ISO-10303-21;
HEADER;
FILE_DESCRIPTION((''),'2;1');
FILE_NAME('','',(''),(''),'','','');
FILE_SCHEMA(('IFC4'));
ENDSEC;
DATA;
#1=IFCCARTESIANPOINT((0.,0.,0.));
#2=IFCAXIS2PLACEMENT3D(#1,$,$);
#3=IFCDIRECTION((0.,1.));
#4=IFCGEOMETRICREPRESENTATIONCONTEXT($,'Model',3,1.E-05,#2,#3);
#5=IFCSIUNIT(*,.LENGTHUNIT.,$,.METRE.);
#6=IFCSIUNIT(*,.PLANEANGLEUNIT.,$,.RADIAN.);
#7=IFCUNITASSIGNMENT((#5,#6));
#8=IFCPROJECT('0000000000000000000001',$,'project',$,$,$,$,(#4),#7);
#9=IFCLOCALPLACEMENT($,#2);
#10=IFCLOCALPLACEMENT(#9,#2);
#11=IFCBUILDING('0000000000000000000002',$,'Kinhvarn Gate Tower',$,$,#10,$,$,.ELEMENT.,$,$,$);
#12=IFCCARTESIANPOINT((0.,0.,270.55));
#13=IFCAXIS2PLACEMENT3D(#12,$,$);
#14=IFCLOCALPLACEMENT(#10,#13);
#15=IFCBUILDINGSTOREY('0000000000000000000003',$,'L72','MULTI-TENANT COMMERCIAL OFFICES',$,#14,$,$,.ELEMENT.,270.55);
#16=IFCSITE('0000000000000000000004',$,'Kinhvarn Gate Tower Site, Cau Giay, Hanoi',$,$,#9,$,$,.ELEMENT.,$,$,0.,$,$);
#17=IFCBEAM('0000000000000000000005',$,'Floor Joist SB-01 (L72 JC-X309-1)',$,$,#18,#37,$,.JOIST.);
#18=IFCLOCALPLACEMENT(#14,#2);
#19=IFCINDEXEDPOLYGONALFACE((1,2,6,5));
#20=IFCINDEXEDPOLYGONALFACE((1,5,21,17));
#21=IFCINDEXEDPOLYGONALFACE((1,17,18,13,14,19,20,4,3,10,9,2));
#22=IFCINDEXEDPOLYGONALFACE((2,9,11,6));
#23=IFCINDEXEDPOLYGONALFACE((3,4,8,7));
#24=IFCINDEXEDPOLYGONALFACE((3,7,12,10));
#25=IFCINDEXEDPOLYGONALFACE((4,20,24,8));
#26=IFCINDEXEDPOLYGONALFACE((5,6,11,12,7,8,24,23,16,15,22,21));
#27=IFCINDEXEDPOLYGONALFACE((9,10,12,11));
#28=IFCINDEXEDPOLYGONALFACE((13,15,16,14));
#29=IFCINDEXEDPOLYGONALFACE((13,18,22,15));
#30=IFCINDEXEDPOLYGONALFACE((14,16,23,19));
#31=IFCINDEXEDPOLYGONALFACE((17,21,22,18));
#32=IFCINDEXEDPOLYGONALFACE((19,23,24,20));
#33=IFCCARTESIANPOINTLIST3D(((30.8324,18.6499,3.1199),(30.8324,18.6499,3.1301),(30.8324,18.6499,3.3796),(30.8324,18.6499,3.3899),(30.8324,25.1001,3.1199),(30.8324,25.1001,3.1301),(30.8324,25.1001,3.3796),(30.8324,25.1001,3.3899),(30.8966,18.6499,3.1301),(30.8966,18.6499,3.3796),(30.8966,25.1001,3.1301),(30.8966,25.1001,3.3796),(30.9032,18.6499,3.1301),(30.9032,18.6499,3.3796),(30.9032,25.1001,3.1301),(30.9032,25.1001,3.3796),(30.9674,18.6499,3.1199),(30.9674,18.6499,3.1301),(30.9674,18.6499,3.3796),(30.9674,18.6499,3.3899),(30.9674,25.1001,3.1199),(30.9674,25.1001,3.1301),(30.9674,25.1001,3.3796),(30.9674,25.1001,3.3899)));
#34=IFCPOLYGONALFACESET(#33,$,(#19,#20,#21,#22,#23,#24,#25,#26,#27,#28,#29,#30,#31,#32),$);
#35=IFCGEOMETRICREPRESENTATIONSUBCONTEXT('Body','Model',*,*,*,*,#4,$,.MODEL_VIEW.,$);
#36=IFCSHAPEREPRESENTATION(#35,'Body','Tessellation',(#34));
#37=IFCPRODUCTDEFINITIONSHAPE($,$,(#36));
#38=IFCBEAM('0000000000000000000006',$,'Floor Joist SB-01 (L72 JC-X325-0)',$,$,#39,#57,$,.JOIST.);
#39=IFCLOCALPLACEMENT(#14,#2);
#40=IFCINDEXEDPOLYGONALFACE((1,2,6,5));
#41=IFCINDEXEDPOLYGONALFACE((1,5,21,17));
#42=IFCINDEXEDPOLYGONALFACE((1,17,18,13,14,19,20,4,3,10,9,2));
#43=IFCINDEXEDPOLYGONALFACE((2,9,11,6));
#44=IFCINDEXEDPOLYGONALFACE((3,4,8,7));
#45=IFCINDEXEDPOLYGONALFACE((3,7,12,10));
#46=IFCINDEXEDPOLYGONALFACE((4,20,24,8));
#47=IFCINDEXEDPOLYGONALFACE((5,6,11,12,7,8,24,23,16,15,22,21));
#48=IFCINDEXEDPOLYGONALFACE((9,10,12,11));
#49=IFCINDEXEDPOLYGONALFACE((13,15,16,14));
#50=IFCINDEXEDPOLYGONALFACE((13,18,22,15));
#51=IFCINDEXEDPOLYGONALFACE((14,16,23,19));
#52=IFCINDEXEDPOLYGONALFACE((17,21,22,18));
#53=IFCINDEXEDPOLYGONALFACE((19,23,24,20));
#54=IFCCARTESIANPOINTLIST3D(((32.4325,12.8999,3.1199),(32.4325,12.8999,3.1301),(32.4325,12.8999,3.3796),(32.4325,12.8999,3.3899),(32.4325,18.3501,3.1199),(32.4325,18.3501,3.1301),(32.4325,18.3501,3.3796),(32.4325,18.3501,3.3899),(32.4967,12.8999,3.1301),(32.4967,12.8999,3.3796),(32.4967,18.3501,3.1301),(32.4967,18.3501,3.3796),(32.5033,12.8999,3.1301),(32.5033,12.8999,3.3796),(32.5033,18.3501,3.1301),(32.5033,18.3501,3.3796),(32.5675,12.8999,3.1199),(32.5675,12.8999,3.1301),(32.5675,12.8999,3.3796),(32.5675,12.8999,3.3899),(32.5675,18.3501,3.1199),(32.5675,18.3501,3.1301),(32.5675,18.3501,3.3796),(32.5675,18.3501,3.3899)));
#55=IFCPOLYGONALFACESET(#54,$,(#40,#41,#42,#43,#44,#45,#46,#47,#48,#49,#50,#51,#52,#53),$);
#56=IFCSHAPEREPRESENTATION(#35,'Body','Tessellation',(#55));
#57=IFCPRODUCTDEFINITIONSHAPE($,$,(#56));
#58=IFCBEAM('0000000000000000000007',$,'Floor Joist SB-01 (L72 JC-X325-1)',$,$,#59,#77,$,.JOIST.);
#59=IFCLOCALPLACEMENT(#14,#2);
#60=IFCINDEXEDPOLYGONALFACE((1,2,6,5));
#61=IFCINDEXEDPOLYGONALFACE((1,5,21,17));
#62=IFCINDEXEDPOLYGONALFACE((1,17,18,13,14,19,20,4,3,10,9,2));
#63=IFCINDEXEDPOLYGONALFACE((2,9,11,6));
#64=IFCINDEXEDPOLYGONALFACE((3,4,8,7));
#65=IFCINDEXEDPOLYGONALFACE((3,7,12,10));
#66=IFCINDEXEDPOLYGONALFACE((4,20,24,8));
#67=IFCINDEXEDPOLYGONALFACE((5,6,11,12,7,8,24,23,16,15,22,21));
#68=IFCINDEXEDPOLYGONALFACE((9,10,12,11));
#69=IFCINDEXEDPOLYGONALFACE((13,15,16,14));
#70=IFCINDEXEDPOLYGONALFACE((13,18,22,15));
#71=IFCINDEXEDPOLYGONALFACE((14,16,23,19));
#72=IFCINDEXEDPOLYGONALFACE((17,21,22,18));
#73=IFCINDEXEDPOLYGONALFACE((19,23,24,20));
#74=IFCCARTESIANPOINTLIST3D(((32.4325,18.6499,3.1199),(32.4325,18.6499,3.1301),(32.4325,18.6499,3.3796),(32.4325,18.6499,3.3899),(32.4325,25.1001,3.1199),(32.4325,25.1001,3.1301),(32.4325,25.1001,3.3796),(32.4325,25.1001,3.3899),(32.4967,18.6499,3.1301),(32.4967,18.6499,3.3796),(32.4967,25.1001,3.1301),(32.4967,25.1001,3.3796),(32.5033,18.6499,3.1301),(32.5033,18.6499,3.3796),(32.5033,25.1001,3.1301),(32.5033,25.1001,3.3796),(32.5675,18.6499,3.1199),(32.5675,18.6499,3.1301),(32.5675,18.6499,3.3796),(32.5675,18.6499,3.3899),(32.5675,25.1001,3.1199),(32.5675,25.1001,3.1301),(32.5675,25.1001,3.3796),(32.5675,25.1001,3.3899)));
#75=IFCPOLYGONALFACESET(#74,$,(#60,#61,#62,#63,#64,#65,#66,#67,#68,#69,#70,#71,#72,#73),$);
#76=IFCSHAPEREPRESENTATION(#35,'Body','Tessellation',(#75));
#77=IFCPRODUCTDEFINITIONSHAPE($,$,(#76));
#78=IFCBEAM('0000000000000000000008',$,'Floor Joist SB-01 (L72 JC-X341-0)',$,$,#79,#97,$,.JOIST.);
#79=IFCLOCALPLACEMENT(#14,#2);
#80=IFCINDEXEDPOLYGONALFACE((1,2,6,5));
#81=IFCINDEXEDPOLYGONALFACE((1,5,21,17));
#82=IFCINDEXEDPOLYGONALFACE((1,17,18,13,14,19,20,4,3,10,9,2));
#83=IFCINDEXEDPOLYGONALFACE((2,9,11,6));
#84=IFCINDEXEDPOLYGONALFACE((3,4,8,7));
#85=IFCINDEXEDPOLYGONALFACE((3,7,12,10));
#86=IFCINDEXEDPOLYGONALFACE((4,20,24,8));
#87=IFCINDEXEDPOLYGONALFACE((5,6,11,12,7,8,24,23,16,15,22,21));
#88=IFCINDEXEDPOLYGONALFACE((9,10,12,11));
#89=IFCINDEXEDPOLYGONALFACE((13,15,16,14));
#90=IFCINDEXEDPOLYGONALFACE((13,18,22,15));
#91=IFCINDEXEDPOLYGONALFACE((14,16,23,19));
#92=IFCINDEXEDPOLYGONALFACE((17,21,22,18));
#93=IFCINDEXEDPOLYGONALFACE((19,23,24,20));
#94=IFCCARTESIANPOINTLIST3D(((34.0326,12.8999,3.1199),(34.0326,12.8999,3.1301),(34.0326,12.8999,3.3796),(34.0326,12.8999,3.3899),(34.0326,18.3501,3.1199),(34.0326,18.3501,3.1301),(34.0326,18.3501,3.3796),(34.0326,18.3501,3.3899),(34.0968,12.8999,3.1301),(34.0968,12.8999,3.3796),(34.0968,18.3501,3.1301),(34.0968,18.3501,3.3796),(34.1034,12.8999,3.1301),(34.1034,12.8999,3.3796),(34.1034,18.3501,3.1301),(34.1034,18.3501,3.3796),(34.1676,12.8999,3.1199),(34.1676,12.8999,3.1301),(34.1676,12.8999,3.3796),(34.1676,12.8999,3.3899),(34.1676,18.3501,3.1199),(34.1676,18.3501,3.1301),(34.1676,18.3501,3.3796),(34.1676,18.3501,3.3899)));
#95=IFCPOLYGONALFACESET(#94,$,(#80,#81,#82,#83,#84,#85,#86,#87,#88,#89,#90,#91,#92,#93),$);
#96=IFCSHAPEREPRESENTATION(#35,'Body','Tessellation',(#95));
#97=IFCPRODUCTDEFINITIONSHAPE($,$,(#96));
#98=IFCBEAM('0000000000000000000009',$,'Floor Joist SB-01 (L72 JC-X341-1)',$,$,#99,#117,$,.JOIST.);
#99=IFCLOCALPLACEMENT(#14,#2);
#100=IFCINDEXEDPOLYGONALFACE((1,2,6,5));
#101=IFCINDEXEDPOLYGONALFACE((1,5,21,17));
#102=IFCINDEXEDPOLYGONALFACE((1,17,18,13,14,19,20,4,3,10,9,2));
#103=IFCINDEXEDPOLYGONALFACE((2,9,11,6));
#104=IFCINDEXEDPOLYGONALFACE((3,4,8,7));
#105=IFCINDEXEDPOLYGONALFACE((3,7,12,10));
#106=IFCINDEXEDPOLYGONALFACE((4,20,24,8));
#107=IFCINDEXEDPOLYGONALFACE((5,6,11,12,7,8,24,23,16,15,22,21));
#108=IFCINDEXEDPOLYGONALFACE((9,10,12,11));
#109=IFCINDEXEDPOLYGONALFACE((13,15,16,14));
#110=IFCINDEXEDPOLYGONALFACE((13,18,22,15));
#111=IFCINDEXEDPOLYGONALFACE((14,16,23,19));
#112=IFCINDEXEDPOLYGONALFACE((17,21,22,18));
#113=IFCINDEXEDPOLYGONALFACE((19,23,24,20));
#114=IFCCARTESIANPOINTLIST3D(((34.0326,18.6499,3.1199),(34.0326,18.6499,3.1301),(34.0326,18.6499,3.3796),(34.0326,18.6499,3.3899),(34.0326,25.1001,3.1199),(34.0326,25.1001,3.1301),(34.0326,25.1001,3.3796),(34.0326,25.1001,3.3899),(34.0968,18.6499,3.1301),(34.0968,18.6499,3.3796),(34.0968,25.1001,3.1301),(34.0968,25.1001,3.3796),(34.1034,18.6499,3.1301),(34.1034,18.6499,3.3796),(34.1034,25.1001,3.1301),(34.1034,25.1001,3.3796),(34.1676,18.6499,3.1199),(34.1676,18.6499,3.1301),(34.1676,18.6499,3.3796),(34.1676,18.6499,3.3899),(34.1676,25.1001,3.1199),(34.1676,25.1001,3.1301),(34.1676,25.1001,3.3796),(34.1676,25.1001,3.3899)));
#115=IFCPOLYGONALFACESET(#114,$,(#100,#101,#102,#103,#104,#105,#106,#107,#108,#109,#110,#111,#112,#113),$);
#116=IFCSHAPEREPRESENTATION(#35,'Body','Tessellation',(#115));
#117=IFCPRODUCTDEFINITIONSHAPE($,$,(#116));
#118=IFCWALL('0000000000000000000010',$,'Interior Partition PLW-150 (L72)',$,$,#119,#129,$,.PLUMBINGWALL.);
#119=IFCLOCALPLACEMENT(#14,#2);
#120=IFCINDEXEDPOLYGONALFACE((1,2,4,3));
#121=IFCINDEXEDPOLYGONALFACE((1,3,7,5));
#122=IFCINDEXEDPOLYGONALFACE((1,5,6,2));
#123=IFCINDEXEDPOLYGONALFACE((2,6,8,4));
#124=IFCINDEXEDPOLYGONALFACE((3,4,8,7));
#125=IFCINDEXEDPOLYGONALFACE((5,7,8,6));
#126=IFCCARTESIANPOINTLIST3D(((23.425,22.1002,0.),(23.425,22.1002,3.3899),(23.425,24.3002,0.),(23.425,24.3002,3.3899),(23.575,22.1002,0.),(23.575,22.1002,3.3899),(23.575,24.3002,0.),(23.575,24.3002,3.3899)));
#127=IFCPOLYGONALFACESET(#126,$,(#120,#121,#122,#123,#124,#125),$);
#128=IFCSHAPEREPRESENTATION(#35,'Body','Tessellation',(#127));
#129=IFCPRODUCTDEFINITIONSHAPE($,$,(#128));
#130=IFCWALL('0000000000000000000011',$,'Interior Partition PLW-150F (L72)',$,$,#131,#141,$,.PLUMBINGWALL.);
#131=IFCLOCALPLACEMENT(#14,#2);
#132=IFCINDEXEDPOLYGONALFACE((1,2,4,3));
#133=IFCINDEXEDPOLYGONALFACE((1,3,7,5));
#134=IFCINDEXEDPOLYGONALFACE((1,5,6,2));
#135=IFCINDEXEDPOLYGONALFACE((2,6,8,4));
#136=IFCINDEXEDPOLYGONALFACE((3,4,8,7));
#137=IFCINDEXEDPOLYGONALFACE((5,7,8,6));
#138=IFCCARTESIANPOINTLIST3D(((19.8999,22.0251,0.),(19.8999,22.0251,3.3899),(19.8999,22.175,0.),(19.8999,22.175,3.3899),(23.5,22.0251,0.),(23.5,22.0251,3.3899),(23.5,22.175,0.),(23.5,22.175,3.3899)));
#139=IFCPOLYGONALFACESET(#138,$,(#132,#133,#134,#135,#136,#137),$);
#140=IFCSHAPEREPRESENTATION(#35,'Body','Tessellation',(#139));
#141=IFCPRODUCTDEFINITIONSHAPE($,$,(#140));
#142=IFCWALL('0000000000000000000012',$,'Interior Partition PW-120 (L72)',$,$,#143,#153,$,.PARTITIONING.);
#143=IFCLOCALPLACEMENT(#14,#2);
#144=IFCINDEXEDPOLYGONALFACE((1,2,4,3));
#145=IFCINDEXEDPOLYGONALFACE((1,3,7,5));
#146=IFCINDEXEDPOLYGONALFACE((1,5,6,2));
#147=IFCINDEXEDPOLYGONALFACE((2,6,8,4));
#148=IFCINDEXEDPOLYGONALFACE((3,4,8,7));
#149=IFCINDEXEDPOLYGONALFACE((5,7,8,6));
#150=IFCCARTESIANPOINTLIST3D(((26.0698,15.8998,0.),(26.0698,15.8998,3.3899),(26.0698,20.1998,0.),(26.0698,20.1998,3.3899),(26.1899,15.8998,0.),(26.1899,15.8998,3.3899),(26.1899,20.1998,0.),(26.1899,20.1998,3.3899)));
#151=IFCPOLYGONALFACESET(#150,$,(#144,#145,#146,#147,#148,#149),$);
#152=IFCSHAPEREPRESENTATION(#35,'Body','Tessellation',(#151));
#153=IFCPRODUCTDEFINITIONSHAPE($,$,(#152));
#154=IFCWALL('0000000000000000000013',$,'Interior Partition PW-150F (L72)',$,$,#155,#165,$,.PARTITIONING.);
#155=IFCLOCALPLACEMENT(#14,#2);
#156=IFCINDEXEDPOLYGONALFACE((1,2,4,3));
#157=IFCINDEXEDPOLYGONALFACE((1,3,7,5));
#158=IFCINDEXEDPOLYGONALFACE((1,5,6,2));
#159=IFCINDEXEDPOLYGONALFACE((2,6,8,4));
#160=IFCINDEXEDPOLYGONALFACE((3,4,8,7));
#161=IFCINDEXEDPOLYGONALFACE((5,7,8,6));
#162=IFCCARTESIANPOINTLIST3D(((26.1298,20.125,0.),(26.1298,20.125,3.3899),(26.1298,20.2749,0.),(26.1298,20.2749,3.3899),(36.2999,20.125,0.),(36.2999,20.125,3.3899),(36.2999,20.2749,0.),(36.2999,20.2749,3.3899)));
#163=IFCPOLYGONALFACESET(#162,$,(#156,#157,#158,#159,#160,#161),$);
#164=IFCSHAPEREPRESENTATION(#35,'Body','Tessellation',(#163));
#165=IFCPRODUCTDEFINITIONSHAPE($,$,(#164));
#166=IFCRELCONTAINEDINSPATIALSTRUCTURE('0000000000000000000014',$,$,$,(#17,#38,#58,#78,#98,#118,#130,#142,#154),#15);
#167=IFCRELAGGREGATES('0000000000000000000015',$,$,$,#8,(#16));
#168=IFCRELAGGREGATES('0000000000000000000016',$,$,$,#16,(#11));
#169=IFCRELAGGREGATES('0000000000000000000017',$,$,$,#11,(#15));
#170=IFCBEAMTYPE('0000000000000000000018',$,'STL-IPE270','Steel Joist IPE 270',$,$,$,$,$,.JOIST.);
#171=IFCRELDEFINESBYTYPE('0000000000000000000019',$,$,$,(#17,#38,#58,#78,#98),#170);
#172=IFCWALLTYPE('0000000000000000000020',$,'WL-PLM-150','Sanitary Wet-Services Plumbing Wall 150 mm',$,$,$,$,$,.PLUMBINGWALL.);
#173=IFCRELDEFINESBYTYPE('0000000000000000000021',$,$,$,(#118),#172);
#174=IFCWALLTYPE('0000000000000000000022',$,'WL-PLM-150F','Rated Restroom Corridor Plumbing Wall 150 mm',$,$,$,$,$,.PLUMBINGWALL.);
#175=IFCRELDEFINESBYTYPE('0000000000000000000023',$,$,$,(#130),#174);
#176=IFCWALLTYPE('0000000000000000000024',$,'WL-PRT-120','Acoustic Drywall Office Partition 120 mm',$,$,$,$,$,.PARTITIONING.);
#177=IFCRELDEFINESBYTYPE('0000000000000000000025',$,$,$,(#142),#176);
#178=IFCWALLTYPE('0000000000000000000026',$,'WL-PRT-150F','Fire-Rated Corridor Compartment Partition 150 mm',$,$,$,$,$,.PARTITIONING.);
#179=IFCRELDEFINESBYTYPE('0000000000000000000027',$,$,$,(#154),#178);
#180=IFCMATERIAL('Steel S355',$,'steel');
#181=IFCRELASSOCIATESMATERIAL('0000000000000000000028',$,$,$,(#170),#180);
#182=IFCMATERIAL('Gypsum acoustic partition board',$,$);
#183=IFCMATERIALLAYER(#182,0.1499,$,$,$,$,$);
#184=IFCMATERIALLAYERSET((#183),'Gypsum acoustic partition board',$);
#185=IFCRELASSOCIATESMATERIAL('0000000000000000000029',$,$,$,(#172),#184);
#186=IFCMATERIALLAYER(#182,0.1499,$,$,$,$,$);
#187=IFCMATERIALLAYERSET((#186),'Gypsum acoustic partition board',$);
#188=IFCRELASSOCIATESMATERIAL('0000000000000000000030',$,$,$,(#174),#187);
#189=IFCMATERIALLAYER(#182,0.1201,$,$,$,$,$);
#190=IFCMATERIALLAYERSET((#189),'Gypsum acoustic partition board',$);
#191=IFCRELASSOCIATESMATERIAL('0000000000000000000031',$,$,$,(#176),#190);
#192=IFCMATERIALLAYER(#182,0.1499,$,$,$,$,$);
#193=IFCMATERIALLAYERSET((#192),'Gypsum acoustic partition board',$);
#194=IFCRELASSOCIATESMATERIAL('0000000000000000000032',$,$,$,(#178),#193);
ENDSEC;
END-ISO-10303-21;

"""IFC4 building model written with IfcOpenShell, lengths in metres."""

from ifc_helpers import new_model, si_unit, direction, frame, frame_2d, origin, origin_2d, place, context, subcontext, project, spatial, rectangle, i_section, extrude, material, layer, layer_set, material_profile, profile_set, type_object, element, save


model = new_model("IFC4")

# Units and contexts
model_context = context("Model", 3, precision=1e-05, world=origin(), true_north=direction((0.0, 1.0)))
body_context = subcontext(model_context, "Body", "Model", "MODEL_VIEW")
ifc_project = project(units=[si_unit("LENGTHUNIT", "METRE"), si_unit("PLANEANGLEUNIT", "RADIAN")], contexts=[model_context])

# Site, building, storey
site_placement = place(None, origin())
site = spatial("IfcSite", under=ifc_project, at=site_placement, Name="Kinhvarn Gate Tower Site, Cau Giay, Hanoi", CompositionType="ELEMENT", RefElevation=0.0)
building_placement = place(site_placement, origin())
building = spatial("IfcBuilding", under=site, at=building_placement, Name="Kinhvarn Gate Tower", CompositionType="ELEMENT")
storey_placement = place(building_placement, frame((0.0, 0.0, 270.55)))
storey = spatial("IfcBuildingStorey", under=building, at=storey_placement, Name="L72", Description="MULTI-TENANT COMMERCIAL OFFICES", CompositionType="ELEMENT", Elevation=270.55)

# Beams
ifc_material_1 = material(Name="Steel S355", Category="steel")
ifc_material_profile = material_profile(ifc_material_1, i_section(OverallWidth=0.135, OverallDepth=0.27, WebThickness=0.0066, FlangeThickness=0.0103, at=origin_2d()), Name="IPE 270")
ifc_profile_set = profile_set([ifc_material_profile], Name="Steel S355")
beam_type = type_object("IfcBeamType", Name="STL-IPE270", Description="Steel Joist IPE 270", PredefinedType="JOIST", material=ifc_profile_set)
beam_1_placement = place(storey_placement, frame((30.8999, 18.6499, 3.2549), z_axis=(0.0, 1.0, 0.0), x_axis=(-1.0, 0.0, 0.0)))
element("IfcBeam", 1, at=beam_1_placement, inside=storey, type_object=beam_type, Name="Floor Joist SB-01 (L72 JC-X309-1)", PredefinedType="JOIST", context=body_context, shape_type="SweptSolid", body=[
    extrude(i_section(OverallWidth=0.135, OverallDepth=0.27, WebThickness=0.0066, FlangeThickness=0.0103, at=origin_2d()), origin(), (0.0, 0.0, 1.0), 6.4502),
])
beam_2_placement = place(storey_placement, frame((32.5, 12.8999, 3.2549), z_axis=(0.0, 1.0, 0.0), x_axis=(-1.0, 0.0, 0.0)))
element("IfcBeam", 2, at=beam_2_placement, inside=storey, type_object=beam_type, Name="Floor Joist SB-01 (L72 JC-X325-0)", PredefinedType="JOIST", context=body_context, shape_type="SweptSolid", body=[
    extrude(i_section(OverallWidth=0.135, OverallDepth=0.27, WebThickness=0.0066, FlangeThickness=0.0103, at=origin_2d()), origin(), (0.0, 0.0, 1.0), 5.4502),
])
beam_3_placement = place(storey_placement, frame((32.5, 18.6499, 3.2549), z_axis=(0.0, 1.0, 0.0), x_axis=(-1.0, 0.0, 0.0)))
element("IfcBeam", 3, at=beam_3_placement, inside=storey, type_object=beam_type, Name="Floor Joist SB-01 (L72 JC-X325-1)", PredefinedType="JOIST", context=body_context, shape_type="SweptSolid", body=[
    extrude(i_section(OverallWidth=0.135, OverallDepth=0.27, WebThickness=0.0066, FlangeThickness=0.0103, at=origin_2d()), origin(), (0.0, 0.0, 1.0), 6.4502),
])
beam_4_placement = place(storey_placement, frame((34.1001, 12.8999, 3.2549), z_axis=(0.0, 1.0, 0.0), x_axis=(-1.0, 0.0, 0.0)))
element("IfcBeam", 4, at=beam_4_placement, inside=storey, type_object=beam_type, Name="Floor Joist SB-01 (L72 JC-X341-0)", PredefinedType="JOIST", context=body_context, shape_type="SweptSolid", body=[
    extrude(i_section(OverallWidth=0.135, OverallDepth=0.27, WebThickness=0.0066, FlangeThickness=0.0103, at=origin_2d()), origin(), (0.0, 0.0, 1.0), 5.4502),
])
beam_5_placement = place(storey_placement, frame((34.1001, 18.6499, 3.2549), z_axis=(0.0, 1.0, 0.0), x_axis=(-1.0, 0.0, 0.0)))
element("IfcBeam", 5, at=beam_5_placement, inside=storey, type_object=beam_type, Name="Floor Joist SB-01 (L72 JC-X341-1)", PredefinedType="JOIST", context=body_context, shape_type="SweptSolid", body=[
    extrude(i_section(OverallWidth=0.135, OverallDepth=0.27, WebThickness=0.0066, FlangeThickness=0.0103, at=origin_2d()), origin(), (0.0, 0.0, 1.0), 6.4502),
])

# Walls
ifc_material_2 = material(Name="Gypsum acoustic partition board")
ifc_layer_1 = layer(ifc_material_2, 0.1499)
ifc_layer_set_1 = layer_set([ifc_layer_1], Name="Gypsum acoustic partition board")
wall_type_1 = type_object("IfcWallType", Name="WL-PLM-150", Description="Sanitary Wet-Services Plumbing Wall 150 mm", PredefinedType="PLUMBINGWALL", material=ifc_layer_set_1)
wall_1_placement = place(storey_placement, frame((23.5, 22.1001, 0.0), z_axis=(0.0, 0.0, 1.0), x_axis=(0.0, 1.0, 0.0)))
element("IfcWall", 6, at=wall_1_placement, inside=storey, type_object=wall_type_1, Name="Interior Partition PLW-150 (L72)", PredefinedType="PLUMBINGWALL", context=body_context, shape_type="SweptSolid", body=[
    extrude(rectangle(XDim=2.2, YDim=0.1499, at=frame_2d((1.1001, 0.0))), origin(), (0.0, 0.0, 1.0), 3.3899),
])
ifc_layer_2 = layer(ifc_material_2, 0.1499)
ifc_layer_set_2 = layer_set([ifc_layer_2], Name="Gypsum acoustic partition board")
wall_type_2 = type_object("IfcWallType", Name="WL-PLM-150F", Description="Rated Restroom Corridor Plumbing Wall 150 mm", PredefinedType="PLUMBINGWALL", material=ifc_layer_set_2)
wall_2_placement = place(storey_placement, frame((19.8999, 22.1001, 0.0), z_axis=(0.0, 0.0, 1.0), x_axis=(1.0, 0.0, 0.0)))
element("IfcWall", 7, at=wall_2_placement, inside=storey, type_object=wall_type_2, Name="Interior Partition PLW-150F (L72)", PredefinedType="PLUMBINGWALL", context=body_context, shape_type="SweptSolid", body=[
    extrude(rectangle(XDim=3.6001, YDim=0.1499, at=frame_2d((1.8, 0.0))), origin(), (0.0, 0.0, 1.0), 3.3899),
])
ifc_layer_3 = layer(ifc_material_2, 0.1201)
ifc_layer_set_3 = layer_set([ifc_layer_3], Name="Gypsum acoustic partition board")
wall_type_3 = type_object("IfcWallType", Name="WL-PRT-120", Description="Acoustic Drywall Office Partition 120 mm", PredefinedType="PARTITIONING", material=ifc_layer_set_3)
wall_3_placement = place(storey_placement, frame((26.1299, 15.8999, 0.0), z_axis=(0.0, 0.0, 1.0), x_axis=(0.0, 1.0, 0.0)))
element("IfcWall", 8, at=wall_3_placement, inside=storey, type_object=wall_type_3, Name="Interior Partition PW-120 (L72)", PredefinedType="PARTITIONING", context=body_context, shape_type="SweptSolid", body=[
    extrude(rectangle(XDim=4.3, YDim=0.1201, at=frame_2d((2.1499, 0.0))), origin(), (0.0, 0.0, 1.0), 3.3899),
])
ifc_layer_4 = layer(ifc_material_2, 0.1499)
ifc_layer_set_4 = layer_set([ifc_layer_4], Name="Gypsum acoustic partition board")
wall_type_4 = type_object("IfcWallType", Name="WL-PRT-150F", Description="Fire-Rated Corridor Compartment Partition 150 mm", PredefinedType="PARTITIONING", material=ifc_layer_set_4)
wall_4_placement = place(storey_placement, frame((26.1299, 20.2, 0.0), z_axis=(0.0, 0.0, 1.0), x_axis=(1.0, 0.0, 0.0)))
element("IfcWall", 9, at=wall_4_placement, inside=storey, type_object=wall_type_4, Name="Interior Partition PW-150F (L72)", PredefinedType="PARTITIONING", context=body_context, shape_type="SweptSolid", body=[
    extrude(rectangle(XDim=10.1702, YDim=0.1499, at=frame_2d((5.085, 0.0))), origin(), (0.0, 0.0, 1.0), 3.3899),
])

save(model, "model.ifc")
